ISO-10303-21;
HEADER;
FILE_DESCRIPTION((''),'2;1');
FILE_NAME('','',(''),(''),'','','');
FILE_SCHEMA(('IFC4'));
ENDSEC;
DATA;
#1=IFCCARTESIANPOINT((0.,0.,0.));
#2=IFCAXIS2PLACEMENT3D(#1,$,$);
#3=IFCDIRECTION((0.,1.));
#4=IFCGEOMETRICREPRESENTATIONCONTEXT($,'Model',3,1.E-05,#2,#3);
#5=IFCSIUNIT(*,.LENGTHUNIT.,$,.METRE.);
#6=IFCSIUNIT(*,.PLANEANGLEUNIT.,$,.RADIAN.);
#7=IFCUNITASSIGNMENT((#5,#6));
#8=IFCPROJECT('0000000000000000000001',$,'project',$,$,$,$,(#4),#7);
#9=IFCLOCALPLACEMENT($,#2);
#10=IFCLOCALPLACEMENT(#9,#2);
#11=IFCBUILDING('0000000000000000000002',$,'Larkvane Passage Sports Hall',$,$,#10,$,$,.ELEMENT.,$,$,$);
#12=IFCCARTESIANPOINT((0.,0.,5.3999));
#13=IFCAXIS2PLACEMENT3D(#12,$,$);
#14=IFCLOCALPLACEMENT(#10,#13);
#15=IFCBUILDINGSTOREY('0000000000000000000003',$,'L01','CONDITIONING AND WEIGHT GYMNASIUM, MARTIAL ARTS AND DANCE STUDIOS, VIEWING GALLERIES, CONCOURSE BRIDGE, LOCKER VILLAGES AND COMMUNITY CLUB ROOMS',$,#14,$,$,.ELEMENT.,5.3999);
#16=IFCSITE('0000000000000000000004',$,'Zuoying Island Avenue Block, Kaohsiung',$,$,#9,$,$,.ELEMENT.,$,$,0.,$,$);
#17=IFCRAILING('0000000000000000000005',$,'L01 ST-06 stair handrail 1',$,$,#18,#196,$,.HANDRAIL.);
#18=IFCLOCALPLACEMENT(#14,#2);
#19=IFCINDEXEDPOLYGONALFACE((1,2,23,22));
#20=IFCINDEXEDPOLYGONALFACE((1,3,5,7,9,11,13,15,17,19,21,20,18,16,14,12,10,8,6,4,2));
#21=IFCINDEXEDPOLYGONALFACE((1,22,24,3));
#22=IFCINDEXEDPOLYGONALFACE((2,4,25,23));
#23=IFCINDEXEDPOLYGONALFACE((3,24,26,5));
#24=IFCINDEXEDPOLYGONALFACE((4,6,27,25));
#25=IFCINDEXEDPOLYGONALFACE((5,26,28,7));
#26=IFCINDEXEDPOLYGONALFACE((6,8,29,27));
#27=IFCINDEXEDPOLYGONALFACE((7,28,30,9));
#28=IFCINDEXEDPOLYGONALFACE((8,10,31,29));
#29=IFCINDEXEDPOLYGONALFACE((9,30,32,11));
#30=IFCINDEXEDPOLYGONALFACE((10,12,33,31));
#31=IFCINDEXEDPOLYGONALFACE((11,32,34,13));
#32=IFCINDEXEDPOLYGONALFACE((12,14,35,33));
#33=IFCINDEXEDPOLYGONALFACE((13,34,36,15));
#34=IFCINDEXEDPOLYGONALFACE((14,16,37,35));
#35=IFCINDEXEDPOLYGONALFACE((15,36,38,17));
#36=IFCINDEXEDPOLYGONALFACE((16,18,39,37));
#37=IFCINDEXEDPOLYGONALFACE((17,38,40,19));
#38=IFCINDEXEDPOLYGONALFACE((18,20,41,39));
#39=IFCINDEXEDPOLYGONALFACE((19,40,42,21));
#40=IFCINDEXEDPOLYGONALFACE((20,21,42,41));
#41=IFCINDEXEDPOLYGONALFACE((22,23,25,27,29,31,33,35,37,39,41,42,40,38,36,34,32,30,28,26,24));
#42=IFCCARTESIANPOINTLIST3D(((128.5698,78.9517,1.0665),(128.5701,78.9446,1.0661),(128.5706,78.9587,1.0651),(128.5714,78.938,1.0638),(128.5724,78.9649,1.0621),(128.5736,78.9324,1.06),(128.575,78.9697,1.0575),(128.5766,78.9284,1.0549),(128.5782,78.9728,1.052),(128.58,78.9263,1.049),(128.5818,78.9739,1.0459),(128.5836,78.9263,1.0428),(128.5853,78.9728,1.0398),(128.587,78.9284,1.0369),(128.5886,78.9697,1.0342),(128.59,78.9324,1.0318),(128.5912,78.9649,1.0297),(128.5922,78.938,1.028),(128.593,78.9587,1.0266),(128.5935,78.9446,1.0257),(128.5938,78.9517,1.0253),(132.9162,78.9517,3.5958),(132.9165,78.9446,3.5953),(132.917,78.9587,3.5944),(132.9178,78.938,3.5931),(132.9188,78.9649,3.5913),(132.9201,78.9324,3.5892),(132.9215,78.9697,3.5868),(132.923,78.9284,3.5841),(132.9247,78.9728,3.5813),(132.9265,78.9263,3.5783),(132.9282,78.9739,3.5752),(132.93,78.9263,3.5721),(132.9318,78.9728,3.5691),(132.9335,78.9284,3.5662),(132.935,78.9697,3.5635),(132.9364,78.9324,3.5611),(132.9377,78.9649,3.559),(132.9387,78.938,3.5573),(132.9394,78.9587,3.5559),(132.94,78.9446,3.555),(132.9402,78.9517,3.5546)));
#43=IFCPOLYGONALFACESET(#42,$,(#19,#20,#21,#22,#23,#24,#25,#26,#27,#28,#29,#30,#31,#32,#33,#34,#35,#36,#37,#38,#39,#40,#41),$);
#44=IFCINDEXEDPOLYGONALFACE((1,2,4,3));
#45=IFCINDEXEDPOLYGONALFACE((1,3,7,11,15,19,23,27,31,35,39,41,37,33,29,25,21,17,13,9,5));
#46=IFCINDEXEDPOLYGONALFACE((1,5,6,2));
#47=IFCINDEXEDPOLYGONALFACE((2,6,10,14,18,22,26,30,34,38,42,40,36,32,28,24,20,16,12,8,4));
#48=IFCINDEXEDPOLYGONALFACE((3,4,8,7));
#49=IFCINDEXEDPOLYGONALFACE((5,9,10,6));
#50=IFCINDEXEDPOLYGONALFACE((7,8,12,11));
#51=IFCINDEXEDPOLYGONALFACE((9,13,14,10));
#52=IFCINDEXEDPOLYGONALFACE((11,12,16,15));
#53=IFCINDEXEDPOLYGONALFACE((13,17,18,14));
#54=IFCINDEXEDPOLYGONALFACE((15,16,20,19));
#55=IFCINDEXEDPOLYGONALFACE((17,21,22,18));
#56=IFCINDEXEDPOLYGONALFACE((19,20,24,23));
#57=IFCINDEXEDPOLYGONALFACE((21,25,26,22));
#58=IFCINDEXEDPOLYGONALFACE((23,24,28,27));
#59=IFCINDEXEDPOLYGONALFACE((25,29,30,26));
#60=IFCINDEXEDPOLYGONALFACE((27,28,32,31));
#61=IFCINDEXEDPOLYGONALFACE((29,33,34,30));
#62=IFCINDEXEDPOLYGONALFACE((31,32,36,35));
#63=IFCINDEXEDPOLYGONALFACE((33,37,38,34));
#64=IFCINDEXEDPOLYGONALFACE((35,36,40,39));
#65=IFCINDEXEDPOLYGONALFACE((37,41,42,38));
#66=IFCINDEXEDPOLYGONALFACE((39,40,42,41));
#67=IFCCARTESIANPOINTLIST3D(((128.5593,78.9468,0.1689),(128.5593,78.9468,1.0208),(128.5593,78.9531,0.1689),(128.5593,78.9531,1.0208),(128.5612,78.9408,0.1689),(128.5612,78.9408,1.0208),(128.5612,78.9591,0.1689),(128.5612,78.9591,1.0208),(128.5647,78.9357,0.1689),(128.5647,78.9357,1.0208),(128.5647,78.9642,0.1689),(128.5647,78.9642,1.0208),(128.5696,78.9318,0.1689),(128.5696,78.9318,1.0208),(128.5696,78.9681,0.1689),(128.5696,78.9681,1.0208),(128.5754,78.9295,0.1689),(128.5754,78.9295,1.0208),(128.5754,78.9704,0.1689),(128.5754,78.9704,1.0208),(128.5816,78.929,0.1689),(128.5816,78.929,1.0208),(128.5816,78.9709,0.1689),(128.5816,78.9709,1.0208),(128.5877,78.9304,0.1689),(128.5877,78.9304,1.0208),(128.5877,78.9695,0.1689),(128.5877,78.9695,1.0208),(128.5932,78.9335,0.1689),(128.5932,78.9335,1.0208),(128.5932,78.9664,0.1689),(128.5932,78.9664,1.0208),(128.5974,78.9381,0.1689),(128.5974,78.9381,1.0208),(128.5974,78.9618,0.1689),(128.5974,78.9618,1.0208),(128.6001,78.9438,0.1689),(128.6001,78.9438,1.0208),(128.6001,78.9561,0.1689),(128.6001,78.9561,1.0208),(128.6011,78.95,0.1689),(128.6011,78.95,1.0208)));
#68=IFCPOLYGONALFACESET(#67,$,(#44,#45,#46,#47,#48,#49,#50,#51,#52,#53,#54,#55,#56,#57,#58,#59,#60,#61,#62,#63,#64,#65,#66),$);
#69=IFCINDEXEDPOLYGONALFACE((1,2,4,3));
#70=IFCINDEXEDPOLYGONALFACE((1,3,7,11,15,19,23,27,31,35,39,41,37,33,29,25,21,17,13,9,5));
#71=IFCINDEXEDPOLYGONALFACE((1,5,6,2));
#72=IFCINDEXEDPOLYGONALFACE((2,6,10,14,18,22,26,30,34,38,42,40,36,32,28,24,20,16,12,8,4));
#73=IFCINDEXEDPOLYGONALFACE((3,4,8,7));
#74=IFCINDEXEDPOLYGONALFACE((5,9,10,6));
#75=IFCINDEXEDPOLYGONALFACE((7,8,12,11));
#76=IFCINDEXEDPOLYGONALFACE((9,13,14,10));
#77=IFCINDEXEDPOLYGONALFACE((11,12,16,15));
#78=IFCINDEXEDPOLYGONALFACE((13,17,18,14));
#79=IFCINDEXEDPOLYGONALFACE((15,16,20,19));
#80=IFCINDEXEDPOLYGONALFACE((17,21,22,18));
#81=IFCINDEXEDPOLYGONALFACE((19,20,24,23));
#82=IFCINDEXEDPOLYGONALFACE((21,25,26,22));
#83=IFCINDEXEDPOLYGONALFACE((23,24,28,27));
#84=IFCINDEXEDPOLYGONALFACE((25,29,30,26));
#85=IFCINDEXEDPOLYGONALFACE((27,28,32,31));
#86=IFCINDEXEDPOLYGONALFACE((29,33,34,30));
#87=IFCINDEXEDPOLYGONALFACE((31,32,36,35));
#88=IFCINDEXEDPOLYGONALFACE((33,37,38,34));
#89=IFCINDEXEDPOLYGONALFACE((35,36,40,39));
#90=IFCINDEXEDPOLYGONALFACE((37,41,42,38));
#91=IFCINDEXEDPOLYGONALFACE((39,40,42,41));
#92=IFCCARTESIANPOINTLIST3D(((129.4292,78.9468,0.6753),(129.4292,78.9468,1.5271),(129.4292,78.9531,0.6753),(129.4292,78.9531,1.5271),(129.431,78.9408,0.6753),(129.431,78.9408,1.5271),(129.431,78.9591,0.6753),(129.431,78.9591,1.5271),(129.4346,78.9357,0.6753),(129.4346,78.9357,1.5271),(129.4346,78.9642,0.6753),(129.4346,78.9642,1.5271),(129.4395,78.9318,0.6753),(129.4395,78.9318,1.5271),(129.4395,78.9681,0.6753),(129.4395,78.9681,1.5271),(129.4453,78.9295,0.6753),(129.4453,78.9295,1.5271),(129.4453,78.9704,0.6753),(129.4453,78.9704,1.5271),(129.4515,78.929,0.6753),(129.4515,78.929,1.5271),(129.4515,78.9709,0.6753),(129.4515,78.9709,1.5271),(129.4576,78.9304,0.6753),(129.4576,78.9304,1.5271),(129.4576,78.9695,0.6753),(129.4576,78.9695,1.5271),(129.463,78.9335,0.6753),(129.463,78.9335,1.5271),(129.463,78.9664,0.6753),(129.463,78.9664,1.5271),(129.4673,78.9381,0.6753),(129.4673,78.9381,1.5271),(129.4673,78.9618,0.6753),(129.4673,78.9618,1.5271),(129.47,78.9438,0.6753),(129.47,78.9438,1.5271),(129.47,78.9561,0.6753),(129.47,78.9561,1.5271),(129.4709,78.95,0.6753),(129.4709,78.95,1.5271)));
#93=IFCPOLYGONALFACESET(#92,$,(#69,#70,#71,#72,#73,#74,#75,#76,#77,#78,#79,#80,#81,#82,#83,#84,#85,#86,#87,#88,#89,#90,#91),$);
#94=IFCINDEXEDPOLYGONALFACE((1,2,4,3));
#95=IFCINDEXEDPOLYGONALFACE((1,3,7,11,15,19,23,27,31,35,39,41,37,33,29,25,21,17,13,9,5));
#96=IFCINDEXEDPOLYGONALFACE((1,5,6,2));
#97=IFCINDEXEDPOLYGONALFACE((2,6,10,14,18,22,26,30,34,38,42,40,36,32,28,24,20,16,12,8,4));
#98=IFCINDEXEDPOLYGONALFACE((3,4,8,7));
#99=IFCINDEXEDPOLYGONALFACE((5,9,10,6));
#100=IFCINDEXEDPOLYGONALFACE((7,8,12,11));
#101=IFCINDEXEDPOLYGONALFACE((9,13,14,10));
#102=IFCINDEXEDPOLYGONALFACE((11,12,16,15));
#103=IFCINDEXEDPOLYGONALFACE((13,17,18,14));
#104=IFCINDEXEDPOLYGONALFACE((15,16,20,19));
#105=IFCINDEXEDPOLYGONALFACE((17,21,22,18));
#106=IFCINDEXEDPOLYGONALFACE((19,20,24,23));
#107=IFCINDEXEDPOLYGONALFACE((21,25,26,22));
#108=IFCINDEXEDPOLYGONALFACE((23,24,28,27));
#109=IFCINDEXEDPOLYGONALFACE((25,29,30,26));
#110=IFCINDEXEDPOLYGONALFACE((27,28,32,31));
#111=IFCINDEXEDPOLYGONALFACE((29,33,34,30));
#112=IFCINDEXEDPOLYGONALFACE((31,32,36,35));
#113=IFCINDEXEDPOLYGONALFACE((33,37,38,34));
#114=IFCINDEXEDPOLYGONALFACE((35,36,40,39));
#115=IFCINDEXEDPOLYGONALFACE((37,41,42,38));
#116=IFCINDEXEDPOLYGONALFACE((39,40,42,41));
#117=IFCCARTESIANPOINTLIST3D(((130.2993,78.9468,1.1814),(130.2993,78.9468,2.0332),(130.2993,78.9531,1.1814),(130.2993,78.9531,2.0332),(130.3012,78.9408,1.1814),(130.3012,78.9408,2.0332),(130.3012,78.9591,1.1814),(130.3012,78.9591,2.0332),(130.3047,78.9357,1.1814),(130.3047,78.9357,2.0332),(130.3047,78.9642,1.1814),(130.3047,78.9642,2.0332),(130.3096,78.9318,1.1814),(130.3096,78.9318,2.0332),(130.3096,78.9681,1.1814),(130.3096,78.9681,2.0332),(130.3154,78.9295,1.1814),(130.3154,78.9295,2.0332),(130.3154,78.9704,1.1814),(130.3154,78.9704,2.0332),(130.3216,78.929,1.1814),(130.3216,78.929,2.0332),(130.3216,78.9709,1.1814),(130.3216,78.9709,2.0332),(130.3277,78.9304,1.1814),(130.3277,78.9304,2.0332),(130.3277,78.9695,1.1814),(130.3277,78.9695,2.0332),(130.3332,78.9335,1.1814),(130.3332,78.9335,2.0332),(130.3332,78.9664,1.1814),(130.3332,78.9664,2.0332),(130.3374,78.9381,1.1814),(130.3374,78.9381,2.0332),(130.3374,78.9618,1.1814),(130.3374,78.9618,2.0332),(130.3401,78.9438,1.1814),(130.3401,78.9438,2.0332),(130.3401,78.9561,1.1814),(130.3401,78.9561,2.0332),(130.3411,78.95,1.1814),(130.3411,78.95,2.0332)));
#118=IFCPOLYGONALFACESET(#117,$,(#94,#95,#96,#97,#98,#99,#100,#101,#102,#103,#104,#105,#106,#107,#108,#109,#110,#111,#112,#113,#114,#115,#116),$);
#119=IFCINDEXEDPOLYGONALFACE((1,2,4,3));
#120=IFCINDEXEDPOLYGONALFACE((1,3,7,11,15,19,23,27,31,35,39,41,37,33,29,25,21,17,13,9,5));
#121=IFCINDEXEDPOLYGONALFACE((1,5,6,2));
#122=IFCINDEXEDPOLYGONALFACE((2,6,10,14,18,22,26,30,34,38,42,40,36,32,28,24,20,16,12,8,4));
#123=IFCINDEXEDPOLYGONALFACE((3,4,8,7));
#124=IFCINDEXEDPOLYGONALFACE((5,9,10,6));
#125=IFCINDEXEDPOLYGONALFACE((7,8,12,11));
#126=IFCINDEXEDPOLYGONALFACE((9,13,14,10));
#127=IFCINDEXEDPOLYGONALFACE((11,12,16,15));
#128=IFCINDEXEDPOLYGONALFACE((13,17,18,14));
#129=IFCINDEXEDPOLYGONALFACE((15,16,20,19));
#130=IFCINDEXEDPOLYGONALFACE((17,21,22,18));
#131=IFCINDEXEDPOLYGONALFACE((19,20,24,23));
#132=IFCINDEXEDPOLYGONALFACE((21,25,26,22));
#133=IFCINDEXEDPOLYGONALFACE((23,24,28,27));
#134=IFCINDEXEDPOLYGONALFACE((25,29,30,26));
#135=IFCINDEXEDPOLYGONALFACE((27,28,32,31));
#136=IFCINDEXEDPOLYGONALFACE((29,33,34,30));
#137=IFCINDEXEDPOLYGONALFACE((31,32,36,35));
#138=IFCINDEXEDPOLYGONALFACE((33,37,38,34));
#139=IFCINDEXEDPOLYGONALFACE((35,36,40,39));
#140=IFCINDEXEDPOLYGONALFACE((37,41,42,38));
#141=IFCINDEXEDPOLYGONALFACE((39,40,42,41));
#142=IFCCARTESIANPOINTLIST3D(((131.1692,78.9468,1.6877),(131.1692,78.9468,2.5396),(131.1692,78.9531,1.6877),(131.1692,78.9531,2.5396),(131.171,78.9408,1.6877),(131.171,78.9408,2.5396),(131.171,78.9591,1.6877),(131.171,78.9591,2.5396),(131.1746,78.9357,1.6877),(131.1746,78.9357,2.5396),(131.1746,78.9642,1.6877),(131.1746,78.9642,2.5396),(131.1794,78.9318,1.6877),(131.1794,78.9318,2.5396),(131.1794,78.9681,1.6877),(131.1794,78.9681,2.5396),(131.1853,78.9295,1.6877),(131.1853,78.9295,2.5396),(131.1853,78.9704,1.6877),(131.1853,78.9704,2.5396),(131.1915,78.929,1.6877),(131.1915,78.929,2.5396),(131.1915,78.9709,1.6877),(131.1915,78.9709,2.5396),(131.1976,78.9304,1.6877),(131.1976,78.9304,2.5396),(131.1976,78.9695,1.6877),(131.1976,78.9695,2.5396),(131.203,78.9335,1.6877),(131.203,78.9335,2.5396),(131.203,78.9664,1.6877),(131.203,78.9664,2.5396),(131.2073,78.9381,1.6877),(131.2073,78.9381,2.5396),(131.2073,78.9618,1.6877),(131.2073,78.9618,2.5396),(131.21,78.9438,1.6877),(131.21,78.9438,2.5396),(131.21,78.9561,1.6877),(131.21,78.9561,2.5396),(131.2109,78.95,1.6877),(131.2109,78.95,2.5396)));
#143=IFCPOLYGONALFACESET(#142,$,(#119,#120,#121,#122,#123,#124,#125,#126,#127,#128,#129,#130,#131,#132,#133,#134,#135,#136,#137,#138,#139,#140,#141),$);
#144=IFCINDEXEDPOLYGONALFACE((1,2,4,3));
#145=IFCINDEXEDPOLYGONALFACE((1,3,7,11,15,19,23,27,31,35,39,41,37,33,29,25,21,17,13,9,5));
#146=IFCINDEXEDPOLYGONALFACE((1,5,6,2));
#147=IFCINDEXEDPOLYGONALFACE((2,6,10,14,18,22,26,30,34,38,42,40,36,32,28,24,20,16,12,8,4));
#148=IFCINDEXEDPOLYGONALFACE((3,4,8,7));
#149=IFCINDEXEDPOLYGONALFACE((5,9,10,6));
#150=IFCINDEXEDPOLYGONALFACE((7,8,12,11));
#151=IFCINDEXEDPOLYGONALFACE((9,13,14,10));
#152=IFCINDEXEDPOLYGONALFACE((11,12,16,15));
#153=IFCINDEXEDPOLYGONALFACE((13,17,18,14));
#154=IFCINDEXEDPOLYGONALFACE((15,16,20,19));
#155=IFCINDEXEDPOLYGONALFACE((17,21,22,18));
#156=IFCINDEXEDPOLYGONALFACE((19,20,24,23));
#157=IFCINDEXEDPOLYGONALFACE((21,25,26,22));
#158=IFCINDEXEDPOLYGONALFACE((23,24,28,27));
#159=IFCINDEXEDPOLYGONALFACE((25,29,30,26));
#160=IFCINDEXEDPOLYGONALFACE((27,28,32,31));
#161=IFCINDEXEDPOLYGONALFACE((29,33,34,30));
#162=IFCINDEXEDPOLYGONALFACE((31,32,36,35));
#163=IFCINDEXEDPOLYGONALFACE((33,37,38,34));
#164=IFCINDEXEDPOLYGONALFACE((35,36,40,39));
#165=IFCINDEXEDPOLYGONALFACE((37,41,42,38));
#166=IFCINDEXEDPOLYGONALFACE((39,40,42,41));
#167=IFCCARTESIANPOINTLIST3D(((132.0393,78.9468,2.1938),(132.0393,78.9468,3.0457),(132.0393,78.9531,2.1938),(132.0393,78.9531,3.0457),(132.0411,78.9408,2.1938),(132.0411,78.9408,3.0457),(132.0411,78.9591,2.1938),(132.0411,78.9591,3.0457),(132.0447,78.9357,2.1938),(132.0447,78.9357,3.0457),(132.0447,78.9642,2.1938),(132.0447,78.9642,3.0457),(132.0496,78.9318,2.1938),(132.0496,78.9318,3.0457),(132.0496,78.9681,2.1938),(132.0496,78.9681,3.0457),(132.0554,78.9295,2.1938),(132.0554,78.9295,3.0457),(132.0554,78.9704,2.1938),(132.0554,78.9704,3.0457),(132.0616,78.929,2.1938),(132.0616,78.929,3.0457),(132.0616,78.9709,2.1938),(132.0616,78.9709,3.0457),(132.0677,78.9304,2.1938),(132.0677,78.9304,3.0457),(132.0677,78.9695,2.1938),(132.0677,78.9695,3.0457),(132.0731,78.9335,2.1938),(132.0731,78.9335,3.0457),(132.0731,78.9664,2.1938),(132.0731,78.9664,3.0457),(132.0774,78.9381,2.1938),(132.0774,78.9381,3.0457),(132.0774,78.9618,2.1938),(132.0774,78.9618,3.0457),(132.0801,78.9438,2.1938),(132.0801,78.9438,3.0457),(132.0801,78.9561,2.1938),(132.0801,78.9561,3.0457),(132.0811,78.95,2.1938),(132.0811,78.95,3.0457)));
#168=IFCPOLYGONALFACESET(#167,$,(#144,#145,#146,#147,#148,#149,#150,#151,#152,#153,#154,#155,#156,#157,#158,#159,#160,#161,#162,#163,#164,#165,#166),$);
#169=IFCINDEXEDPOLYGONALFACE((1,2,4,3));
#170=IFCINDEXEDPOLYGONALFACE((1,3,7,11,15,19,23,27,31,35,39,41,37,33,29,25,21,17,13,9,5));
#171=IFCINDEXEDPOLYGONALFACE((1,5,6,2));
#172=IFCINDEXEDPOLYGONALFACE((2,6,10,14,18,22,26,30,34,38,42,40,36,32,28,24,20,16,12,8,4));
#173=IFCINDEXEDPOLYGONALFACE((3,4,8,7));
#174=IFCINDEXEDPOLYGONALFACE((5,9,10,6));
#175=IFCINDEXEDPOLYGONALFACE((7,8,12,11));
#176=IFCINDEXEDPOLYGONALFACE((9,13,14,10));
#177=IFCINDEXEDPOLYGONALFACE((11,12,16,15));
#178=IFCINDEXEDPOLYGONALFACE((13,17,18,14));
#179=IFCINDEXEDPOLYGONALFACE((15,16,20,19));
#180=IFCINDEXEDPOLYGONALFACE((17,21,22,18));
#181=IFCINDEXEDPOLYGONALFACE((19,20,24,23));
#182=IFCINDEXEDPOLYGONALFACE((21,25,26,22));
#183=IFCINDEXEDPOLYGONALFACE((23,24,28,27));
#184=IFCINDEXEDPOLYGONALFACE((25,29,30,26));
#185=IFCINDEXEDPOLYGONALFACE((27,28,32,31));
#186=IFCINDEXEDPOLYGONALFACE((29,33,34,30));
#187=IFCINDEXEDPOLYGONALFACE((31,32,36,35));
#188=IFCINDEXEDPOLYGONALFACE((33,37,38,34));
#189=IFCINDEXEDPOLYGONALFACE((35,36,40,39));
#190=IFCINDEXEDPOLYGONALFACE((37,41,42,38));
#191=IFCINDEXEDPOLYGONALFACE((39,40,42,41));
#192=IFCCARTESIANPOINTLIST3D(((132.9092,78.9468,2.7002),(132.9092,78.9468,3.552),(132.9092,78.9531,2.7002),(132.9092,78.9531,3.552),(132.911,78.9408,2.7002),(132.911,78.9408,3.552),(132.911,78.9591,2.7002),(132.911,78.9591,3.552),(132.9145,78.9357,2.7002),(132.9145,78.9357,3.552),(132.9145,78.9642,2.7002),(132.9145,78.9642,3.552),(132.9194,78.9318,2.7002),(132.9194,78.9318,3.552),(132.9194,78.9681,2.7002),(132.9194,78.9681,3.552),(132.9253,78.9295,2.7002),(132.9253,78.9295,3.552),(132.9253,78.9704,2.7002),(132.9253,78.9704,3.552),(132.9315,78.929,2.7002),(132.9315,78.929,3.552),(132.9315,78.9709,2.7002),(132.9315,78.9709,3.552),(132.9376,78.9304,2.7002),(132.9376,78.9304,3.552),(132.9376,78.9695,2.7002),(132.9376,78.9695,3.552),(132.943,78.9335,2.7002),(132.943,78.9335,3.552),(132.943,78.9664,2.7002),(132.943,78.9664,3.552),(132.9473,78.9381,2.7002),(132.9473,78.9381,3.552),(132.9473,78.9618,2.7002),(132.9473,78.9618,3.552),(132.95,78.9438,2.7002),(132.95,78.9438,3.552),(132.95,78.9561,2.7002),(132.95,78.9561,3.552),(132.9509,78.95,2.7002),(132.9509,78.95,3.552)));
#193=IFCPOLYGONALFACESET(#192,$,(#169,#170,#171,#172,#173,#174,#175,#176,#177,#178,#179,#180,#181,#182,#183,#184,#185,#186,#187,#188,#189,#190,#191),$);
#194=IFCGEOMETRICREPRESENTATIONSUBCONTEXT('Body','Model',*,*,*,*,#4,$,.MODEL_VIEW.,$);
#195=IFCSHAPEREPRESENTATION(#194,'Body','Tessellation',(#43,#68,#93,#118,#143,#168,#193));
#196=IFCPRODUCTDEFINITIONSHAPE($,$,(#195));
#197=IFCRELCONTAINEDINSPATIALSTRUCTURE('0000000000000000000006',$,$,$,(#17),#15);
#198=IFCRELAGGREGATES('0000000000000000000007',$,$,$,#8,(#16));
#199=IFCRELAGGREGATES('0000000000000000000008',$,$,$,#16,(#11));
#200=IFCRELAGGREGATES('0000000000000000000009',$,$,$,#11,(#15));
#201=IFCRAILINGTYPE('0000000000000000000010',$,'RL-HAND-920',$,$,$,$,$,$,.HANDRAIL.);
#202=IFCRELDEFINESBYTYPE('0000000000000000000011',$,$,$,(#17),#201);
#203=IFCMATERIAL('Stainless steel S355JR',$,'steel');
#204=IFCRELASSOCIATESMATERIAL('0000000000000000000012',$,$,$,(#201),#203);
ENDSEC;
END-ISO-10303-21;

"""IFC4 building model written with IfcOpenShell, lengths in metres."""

from ifc_helpers import new_model, si_unit, direction, frame, origin, origin_2d, place, context, subcontext, project, spatial, circle, extrude, material, type_object, element, save


model = new_model("IFC4")

# Units and contexts
model_context = context("Model", 3, precision=1e-05, world=origin(), true_north=direction((0.0, 1.0)))
body_context = subcontext(model_context, "Body", "Model", "MODEL_VIEW")
ifc_project = project(units=[si_unit("LENGTHUNIT", "METRE"), si_unit("PLANEANGLEUNIT", "RADIAN")], contexts=[model_context])

# Site, building, storey
site_placement = place(None, origin())
site = spatial("IfcSite", under=ifc_project, at=site_placement, Name="Zuoying Island Avenue Block, Kaohsiung", CompositionType="ELEMENT", RefElevation=0.0)
building_placement = place(site_placement, origin())
building = spatial("IfcBuilding", under=site, at=building_placement, Name="Larkvane Passage Sports Hall", CompositionType="ELEMENT")
storey_placement = place(building_placement, frame((0.0, 0.0, 5.3999)))
storey = spatial("IfcBuildingStorey", under=building, at=storey_placement, Name="L01", Description="CONDITIONING AND WEIGHT GYMNASIUM, MARTIAL ARTS AND DANCE STUDIOS, VIEWING GALLERIES, CONCOURSE BRIDGE, LOCKER VILLAGES AND COMMUNITY CLUB ROOMS", CompositionType="ELEMENT", Elevation=5.3999)

# Railing
ifc_material_1 = material(Name="Stainless steel S355JR", Category="steel")
railing_type_1 = type_object("IfcRailingType", Name="RL-HAND-920", PredefinedType="HANDRAIL", material=ifc_material_1)
railing_1_placement = place(storey_placement, frame((128.5801, 78.95, 0.1689)))
element("IfcRailing", 1, at=railing_1_placement, inside=storey, type_object=railing_type_1, Name="L01 ST-06 stair handrail 1", PredefinedType="HANDRAIL", context=body_context, shape_type="SweptSolid", body=[
    extrude(circle(Radius=0.0239, at=origin_2d()), frame((0.0017, 0.0, 0.877), z_axis=(0.864312, 0.0, 0.502957), x_axis=(0.0, 1.0, 0.0)), (0.0, 0.0, 1.0), 5.0288),
    extrude(circle(Radius=0.021, at=origin_2d()), origin(), (0.0, 0.0, 1.0), 0.8518),
    extrude(circle(Radius=0.021, at=origin_2d()), frame((0.8699, 0.0, 0.5063)), (0.0, 0.0, 1.0), 0.8518),
    extrude(circle(Radius=0.021, at=origin_2d()), frame((1.74, 0.0, 1.0125)), (0.0, 0.0, 1.0), 0.8518),
    extrude(circle(Radius=0.021, at=origin_2d()), frame((2.6099, 0.0, 1.5188)), (0.0, 0.0, 1.0), 0.8518),
    extrude(circle(Radius=0.021, at=origin_2d()), frame((3.48, 0.0, 2.0249)), (0.0, 0.0, 1.0), 0.8518),
    extrude(circle(Radius=0.021, at=origin_2d()), frame((4.3499, 0.0, 2.5312)), (0.0, 0.0, 1.0), 0.8518),
])

save(model, "model.ifc")
